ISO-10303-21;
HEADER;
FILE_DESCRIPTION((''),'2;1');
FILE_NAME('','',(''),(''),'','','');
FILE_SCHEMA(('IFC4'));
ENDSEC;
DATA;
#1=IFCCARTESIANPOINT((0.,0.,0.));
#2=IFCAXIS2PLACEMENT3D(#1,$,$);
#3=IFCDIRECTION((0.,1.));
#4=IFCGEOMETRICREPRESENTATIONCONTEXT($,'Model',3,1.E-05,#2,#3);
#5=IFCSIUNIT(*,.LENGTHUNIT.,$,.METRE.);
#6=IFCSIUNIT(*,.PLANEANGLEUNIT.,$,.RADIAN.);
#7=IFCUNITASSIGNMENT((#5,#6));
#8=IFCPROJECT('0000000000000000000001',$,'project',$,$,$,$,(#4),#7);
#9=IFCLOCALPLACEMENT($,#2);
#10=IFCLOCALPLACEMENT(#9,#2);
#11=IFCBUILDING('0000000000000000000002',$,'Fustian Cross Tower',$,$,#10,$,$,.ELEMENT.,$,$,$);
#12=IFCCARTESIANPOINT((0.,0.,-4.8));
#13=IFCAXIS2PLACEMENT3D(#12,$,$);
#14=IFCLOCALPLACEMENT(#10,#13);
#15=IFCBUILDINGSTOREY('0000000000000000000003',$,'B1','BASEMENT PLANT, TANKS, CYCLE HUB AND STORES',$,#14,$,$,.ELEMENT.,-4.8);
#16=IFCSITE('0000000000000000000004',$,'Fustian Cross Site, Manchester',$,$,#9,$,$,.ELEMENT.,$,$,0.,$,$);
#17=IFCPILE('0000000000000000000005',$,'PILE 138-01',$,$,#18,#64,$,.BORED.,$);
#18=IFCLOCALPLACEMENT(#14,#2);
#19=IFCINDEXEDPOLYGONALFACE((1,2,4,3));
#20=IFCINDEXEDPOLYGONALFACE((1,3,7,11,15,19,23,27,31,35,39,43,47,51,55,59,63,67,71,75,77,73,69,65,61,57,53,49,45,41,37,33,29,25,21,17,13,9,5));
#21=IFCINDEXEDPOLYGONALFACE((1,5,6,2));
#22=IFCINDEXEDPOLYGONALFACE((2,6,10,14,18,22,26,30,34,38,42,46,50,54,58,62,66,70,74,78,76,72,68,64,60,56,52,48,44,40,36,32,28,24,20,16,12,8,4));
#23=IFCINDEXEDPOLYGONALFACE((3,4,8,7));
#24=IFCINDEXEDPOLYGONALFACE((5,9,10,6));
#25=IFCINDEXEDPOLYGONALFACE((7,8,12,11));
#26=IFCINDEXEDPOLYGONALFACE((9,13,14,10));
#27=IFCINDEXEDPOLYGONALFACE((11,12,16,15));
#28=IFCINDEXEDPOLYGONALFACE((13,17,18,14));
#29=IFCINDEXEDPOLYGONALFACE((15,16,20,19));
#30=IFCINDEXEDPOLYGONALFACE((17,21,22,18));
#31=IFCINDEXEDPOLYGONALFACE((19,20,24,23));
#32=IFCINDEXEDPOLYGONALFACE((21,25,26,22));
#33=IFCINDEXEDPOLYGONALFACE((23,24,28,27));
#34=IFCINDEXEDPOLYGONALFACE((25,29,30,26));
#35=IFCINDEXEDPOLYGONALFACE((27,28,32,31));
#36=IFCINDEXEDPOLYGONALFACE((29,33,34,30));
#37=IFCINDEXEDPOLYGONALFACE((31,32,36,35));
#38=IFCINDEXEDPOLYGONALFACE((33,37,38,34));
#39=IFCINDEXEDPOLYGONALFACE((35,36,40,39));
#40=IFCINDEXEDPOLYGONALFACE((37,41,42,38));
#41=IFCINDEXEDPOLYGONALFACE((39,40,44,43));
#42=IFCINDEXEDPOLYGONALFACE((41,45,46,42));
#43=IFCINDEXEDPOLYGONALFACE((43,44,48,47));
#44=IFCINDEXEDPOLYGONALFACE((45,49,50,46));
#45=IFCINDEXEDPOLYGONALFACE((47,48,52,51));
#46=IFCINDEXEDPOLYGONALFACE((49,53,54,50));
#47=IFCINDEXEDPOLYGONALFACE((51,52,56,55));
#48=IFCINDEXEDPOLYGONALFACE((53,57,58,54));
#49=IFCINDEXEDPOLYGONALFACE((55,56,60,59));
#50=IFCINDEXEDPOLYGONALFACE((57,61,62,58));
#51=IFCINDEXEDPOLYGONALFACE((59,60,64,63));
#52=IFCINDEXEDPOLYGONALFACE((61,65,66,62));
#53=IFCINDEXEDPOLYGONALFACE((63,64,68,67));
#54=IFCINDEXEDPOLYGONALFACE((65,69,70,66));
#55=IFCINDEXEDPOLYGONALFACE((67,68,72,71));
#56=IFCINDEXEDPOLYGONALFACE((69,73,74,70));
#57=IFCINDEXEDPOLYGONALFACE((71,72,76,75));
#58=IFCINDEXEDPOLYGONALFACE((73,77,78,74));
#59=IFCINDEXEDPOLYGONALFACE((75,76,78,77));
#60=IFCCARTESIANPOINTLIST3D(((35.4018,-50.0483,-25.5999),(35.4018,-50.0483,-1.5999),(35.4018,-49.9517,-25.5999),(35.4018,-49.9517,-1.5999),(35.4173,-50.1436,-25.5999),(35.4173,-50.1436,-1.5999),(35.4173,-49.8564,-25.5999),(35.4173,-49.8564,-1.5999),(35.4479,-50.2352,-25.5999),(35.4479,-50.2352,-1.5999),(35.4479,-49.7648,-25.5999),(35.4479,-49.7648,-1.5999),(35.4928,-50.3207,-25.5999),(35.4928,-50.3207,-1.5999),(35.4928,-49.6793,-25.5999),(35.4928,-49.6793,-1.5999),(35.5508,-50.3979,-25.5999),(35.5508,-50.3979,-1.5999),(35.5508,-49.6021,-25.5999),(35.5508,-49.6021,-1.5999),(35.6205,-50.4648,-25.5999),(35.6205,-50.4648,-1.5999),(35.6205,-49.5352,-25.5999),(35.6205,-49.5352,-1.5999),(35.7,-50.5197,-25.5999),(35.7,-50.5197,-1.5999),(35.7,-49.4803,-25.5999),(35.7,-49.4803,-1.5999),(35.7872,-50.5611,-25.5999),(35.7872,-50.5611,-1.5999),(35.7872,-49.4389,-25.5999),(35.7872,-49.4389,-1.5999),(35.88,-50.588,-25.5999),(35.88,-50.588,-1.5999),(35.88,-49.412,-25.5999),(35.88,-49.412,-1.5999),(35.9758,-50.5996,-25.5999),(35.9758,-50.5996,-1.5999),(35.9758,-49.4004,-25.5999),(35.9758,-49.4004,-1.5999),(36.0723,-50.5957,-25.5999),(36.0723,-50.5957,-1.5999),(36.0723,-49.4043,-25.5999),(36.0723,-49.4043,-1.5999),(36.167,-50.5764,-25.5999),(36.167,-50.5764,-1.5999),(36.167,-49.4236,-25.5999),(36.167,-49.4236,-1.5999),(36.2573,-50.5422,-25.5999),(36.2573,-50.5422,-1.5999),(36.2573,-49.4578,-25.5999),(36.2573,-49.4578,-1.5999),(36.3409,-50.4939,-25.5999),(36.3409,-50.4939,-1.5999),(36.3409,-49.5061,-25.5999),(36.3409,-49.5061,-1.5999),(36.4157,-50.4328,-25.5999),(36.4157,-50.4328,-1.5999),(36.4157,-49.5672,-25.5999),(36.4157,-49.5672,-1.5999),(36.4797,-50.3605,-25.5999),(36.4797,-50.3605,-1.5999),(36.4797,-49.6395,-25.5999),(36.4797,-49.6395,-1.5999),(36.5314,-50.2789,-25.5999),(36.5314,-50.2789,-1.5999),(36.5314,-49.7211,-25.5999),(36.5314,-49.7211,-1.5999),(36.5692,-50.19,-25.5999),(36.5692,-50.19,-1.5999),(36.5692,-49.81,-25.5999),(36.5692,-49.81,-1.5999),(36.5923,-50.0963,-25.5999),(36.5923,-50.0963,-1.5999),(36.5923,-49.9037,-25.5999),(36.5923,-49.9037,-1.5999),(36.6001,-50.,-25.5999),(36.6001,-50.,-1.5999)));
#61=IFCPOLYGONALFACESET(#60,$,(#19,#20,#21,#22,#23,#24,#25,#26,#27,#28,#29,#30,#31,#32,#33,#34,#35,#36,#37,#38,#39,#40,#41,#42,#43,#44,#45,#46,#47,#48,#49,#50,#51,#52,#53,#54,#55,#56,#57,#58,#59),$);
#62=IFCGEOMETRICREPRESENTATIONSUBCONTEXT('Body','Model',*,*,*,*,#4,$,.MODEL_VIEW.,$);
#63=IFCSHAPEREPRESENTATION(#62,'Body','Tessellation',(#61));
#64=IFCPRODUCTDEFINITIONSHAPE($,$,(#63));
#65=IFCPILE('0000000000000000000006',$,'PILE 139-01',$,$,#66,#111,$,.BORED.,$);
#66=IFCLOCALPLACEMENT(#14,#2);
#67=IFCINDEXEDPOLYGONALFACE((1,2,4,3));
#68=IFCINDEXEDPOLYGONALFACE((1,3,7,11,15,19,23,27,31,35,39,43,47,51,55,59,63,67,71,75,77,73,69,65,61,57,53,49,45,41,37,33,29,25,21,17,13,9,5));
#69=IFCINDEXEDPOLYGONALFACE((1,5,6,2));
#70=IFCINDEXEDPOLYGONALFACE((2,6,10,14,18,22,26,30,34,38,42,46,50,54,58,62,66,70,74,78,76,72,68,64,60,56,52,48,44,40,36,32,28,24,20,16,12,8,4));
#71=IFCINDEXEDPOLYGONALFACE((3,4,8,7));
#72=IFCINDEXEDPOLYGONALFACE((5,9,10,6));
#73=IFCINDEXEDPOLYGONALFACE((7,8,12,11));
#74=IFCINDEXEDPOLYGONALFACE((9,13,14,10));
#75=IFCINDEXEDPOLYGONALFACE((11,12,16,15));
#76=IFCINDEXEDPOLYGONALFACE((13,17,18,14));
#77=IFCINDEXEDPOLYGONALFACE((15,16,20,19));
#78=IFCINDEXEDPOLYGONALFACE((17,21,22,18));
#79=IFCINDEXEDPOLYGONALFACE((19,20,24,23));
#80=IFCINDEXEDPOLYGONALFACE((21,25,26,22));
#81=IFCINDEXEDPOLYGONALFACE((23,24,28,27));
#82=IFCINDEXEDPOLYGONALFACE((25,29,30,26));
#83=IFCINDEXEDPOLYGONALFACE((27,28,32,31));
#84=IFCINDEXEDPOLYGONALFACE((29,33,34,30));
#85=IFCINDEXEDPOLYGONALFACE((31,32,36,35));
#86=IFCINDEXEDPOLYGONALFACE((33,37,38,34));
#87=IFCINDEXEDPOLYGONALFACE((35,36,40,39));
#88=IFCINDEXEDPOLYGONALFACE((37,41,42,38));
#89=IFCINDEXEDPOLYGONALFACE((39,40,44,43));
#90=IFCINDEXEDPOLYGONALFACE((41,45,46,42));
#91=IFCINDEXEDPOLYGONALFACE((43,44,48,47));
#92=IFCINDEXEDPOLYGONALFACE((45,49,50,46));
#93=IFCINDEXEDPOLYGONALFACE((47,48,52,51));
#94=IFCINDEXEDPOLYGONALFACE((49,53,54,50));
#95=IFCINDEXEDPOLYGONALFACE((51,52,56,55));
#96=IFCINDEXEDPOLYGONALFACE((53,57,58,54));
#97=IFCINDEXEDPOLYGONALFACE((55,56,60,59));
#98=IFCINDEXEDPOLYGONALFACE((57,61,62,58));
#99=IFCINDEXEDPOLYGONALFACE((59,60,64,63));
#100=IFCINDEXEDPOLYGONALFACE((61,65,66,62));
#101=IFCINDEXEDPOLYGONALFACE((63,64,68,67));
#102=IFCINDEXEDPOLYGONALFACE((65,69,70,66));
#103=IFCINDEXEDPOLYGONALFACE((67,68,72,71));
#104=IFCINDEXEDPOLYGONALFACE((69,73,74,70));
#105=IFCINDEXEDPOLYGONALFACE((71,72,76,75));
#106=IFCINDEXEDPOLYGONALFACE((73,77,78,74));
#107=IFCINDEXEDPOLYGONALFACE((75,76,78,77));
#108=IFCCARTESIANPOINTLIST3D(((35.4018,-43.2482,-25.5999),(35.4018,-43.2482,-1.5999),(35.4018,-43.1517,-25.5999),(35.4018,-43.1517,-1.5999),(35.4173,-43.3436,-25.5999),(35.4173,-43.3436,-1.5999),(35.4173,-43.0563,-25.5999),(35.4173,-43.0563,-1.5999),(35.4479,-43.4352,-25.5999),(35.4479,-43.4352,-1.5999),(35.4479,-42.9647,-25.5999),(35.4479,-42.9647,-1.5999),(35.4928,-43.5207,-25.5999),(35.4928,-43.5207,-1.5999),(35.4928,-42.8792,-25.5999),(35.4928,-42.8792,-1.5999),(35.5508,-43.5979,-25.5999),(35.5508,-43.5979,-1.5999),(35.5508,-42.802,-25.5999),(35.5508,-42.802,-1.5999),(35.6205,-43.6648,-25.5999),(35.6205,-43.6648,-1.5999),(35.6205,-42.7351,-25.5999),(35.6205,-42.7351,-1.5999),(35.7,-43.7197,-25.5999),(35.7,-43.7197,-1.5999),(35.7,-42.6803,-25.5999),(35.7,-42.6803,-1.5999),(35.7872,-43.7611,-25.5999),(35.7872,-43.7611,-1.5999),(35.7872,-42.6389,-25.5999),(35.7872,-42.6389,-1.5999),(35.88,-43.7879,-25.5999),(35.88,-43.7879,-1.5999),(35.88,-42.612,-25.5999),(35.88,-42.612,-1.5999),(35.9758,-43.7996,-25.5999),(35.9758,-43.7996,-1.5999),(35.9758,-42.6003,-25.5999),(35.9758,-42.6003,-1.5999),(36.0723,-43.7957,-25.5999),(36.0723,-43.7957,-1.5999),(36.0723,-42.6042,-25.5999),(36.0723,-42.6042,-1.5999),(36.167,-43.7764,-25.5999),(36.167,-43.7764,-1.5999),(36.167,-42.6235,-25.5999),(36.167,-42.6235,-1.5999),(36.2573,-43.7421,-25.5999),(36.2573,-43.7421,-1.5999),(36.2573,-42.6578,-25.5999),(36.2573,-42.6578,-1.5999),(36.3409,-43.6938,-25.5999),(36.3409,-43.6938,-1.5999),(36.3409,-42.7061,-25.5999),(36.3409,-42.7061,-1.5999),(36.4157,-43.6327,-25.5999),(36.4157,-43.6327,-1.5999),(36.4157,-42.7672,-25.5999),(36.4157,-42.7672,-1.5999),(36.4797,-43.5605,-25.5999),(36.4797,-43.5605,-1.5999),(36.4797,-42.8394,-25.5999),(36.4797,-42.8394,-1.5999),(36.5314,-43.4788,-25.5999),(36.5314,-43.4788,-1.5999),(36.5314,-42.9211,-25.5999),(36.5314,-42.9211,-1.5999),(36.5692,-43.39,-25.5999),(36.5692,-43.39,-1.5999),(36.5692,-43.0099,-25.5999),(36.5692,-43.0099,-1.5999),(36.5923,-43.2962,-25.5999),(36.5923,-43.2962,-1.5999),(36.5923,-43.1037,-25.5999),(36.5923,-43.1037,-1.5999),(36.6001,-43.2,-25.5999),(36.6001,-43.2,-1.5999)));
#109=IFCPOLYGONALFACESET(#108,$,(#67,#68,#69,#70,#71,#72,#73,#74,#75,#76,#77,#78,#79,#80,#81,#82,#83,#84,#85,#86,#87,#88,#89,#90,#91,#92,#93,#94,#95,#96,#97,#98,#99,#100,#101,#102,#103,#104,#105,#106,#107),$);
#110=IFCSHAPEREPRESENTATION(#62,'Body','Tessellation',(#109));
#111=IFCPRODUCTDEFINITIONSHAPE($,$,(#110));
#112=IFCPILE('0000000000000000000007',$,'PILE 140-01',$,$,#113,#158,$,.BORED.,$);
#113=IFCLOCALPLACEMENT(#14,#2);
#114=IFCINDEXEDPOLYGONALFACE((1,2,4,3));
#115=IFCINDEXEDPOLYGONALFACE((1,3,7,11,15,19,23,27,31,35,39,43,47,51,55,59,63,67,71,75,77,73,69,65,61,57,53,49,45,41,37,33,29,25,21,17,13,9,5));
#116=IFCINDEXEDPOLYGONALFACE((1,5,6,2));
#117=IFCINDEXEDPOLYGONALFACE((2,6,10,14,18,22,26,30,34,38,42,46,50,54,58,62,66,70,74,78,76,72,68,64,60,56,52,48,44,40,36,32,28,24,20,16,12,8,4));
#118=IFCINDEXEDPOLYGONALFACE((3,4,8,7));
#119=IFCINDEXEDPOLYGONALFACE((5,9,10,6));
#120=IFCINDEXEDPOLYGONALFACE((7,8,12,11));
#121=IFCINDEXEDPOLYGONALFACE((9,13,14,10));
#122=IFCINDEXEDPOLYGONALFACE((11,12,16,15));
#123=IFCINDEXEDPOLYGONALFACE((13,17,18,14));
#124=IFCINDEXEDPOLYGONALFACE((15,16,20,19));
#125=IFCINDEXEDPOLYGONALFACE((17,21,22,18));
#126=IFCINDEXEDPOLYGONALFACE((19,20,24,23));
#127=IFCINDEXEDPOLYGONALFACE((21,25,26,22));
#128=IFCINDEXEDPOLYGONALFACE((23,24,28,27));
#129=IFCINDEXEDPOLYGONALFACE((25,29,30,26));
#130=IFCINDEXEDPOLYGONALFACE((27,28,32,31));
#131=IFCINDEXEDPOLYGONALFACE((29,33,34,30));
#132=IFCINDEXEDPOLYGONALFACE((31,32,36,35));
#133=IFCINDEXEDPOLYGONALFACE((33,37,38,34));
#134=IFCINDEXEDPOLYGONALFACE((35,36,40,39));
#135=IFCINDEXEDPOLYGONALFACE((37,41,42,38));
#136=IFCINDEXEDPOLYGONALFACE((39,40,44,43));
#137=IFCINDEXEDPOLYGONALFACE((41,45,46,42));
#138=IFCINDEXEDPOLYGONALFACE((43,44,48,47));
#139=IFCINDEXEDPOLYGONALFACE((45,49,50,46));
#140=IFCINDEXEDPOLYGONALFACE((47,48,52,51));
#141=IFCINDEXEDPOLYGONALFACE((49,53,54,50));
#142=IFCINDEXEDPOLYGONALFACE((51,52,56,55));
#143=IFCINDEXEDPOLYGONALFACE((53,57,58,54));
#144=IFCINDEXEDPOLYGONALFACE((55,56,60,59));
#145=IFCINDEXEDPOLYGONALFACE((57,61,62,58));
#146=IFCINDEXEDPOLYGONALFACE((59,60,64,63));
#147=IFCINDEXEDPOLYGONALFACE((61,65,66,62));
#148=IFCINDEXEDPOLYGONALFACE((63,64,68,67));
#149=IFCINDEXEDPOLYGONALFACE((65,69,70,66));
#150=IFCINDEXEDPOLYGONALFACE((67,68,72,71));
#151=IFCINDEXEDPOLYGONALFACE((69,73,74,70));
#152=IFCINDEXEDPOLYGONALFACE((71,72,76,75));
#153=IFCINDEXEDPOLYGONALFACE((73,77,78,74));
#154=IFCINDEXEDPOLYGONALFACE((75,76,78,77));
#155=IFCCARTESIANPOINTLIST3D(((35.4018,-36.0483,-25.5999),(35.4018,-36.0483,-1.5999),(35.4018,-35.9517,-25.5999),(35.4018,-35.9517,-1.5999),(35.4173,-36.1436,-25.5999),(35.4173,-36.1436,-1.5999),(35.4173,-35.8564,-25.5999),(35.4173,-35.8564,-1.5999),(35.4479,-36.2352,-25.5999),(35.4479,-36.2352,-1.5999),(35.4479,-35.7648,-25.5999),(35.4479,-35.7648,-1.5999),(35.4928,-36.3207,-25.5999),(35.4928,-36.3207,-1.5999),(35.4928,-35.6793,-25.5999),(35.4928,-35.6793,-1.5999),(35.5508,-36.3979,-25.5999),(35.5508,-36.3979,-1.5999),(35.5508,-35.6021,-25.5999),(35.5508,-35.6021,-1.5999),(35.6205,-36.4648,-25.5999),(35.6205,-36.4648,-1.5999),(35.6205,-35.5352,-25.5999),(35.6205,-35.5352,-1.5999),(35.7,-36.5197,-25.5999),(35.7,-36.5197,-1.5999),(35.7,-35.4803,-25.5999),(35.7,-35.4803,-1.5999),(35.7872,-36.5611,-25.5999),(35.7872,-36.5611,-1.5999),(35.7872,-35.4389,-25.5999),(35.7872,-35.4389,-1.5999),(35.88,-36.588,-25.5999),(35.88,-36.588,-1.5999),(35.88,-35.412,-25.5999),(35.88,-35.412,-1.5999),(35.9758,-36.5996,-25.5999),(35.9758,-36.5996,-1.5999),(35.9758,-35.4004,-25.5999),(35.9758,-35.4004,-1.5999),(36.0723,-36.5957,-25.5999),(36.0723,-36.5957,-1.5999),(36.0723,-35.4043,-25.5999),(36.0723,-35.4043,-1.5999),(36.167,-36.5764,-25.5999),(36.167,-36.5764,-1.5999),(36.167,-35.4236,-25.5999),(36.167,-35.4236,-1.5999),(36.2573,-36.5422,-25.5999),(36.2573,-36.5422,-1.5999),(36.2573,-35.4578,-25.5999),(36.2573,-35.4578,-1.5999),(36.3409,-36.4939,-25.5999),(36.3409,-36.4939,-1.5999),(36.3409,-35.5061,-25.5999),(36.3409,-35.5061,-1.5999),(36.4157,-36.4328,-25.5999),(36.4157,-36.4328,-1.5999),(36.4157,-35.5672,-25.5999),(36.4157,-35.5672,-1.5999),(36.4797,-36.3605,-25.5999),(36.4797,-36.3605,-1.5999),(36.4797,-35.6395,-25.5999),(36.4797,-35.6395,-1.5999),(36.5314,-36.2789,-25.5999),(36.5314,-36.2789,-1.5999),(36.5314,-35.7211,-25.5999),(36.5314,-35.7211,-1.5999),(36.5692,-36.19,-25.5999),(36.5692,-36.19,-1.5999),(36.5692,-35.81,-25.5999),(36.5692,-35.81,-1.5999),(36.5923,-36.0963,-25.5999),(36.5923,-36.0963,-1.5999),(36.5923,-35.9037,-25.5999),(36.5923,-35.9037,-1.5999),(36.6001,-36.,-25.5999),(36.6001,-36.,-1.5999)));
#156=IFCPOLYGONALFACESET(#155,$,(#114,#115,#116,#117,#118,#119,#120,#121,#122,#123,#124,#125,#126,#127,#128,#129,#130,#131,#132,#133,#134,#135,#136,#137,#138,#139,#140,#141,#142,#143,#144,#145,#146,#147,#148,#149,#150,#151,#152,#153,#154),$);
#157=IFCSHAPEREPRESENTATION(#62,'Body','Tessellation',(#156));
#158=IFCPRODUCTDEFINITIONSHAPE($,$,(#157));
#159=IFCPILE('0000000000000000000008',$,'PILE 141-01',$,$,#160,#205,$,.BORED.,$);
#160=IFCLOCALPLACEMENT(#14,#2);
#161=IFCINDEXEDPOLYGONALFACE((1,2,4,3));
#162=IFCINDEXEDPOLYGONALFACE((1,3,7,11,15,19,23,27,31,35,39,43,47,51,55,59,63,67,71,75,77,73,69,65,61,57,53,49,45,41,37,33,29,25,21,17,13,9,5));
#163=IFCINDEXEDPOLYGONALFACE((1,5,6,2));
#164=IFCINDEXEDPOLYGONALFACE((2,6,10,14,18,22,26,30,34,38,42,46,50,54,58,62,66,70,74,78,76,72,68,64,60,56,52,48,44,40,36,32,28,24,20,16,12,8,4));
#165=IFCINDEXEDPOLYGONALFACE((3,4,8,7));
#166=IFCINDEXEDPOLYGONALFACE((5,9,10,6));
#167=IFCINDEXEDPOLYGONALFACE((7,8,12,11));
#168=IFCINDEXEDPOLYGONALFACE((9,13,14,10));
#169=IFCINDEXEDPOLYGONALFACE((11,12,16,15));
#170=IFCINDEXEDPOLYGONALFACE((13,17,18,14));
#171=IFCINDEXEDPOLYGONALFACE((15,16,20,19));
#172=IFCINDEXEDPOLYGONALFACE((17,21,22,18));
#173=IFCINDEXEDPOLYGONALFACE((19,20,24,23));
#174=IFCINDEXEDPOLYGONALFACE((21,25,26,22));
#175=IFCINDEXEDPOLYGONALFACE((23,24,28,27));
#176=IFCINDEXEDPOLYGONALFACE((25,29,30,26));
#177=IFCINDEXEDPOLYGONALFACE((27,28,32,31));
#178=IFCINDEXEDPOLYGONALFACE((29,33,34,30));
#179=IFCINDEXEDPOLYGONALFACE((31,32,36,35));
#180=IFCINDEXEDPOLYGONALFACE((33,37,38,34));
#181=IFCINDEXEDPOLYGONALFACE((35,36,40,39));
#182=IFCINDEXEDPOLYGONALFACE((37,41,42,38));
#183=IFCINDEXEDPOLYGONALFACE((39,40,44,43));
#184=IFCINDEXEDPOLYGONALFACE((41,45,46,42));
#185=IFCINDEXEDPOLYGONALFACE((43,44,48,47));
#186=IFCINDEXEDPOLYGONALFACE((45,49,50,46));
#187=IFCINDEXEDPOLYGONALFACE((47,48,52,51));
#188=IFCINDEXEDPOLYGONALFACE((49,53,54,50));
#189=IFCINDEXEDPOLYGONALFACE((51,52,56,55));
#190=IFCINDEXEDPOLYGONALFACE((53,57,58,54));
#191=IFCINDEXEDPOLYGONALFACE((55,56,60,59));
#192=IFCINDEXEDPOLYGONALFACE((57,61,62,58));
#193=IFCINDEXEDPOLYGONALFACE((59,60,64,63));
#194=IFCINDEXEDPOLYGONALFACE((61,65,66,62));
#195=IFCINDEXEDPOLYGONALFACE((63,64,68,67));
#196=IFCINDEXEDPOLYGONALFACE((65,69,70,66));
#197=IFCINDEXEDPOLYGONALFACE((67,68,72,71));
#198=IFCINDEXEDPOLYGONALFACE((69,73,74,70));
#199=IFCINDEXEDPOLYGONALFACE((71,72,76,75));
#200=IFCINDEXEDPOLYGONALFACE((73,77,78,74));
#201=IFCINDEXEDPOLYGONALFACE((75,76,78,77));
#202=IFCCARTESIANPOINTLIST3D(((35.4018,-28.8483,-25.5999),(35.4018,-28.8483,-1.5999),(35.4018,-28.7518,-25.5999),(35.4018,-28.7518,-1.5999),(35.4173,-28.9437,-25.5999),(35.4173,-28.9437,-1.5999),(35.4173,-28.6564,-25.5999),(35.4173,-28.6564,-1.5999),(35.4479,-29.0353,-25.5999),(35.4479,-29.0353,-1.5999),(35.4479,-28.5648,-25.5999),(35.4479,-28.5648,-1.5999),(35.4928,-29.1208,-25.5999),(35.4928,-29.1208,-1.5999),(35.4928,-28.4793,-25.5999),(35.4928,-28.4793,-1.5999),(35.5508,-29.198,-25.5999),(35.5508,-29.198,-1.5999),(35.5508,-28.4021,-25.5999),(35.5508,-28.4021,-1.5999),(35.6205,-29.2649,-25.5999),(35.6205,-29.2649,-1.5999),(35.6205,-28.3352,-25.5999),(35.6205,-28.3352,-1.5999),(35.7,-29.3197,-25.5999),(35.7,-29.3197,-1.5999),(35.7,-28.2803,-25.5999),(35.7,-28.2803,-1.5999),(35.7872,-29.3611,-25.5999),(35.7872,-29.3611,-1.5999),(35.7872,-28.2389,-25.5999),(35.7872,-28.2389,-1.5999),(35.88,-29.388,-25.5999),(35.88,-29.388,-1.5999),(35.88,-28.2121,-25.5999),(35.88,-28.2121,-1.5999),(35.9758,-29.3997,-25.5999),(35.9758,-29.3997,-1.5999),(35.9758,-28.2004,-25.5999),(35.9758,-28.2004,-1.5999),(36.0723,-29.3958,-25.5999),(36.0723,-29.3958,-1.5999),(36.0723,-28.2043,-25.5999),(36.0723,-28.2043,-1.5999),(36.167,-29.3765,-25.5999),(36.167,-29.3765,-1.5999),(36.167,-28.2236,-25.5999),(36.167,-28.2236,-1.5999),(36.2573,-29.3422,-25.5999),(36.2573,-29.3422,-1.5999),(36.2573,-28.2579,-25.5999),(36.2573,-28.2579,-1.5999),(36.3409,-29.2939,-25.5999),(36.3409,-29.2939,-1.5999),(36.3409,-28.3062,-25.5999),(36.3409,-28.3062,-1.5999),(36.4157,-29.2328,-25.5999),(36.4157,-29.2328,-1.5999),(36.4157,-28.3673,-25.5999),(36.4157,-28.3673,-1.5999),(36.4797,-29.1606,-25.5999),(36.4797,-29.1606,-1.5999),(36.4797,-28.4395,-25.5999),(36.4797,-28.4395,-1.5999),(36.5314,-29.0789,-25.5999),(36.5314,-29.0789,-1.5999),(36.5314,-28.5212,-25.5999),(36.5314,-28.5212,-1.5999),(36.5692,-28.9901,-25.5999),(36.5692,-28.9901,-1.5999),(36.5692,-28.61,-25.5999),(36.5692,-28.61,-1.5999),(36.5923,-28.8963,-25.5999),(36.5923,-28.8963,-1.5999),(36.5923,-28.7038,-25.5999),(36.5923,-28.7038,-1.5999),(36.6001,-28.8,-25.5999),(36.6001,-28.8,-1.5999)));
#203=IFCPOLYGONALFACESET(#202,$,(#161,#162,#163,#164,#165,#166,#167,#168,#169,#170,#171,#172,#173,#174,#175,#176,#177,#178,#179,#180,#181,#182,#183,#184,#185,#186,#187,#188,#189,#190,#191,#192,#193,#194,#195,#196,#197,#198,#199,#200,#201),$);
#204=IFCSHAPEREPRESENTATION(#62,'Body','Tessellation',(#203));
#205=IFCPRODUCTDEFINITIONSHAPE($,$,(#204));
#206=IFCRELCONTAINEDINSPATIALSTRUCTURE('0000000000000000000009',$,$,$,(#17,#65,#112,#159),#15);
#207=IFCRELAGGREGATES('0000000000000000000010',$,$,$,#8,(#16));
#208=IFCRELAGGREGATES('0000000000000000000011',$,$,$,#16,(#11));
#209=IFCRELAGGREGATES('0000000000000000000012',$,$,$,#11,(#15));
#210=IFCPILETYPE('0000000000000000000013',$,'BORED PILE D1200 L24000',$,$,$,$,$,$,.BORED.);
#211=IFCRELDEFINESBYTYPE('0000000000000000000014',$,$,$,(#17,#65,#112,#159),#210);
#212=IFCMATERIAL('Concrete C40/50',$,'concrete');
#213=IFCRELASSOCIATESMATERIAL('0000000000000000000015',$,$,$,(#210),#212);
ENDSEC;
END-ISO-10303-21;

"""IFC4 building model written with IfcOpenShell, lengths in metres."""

from ifc_helpers import new_model, si_unit, direction, frame, origin, origin_2d, place, context, subcontext, project, spatial, circle, extrude, material, material_profile, profile_set, type_object, element, save


model = new_model("IFC4")

# Units and contexts
model_context = context("Model", 3, precision=1e-05, world=origin(), true_north=direction((0.0, 1.0)))
body_context = subcontext(model_context, "Body", "Model", "MODEL_VIEW")
ifc_project = project(units=[si_unit("LENGTHUNIT", "METRE"), si_unit("PLANEANGLEUNIT", "RADIAN")], contexts=[model_context])

# Site, building, storey
site_placement = place(None, origin())
site = spatial("IfcSite", under=ifc_project, at=site_placement, Name="Fustian Cross Site, Manchester", CompositionType="ELEMENT", RefElevation=0.0)
building_placement = place(site_placement, origin())
building = spatial("IfcBuilding", under=site, at=building_placement, Name="Fustian Cross Tower", CompositionType="ELEMENT")
storey_placement = place(building_placement, frame((0.0, 0.0, -4.8)))
storey = spatial("IfcBuildingStorey", under=building, at=storey_placement, Name="B1", Description="BASEMENT PLANT, TANKS, CYCLE HUB AND STORES", CompositionType="ELEMENT", Elevation=-4.8)

# Piles
ifc_material_1 = material(Name="Concrete C40/50", Category="concrete")
ifc_material_profile_1 = material_profile(ifc_material_1, circle(Radius=0.6001, at=origin_2d()), Name="BORED PILE D1200 L24000")
ifc_profile_set_1 = profile_set([ifc_material_profile_1], Name="Concrete C40/50")
pile_type = type_object("IfcPileType", Name="BORED PILE D1200 L24000", PredefinedType="BORED", material=ifc_profile_set_1)
for number, where, z_axis, x_axis, name in (
    (1, (36.0, -50.0, -1.5999), (0.0, 0.0, -1.0), (1.0, 0.0, 0.0), "PILE 138-01"),
    (2, (36.0, -43.2, -1.5999), (0.0, 0.0, -1.0), (1.0, 0.0, 0.0), "PILE 139-01"),
    (3, (36.0, -36.0, -1.5999), (0.0, 0.0, -1.0), (1.0, 0.0, 0.0), "PILE 140-01"),
    (4, (36.0, -28.8, -1.5999), (0.0, 0.0, -1.0), (1.0, 0.0, 0.0), "PILE 141-01"),
):
    element("IfcPile", number, at=place(storey_placement, frame(where, z_axis=z_axis, x_axis=x_axis)), inside=storey, type_object=pile_type, Name=name, PredefinedType="BORED", context=body_context, shape_type="SweptSolid", body=[
        extrude(circle(Radius=0.6001, at=origin_2d()), origin(), (0.0, 0.0, 1.0), 24.0),
    ])

save(model, "model.ifc")
